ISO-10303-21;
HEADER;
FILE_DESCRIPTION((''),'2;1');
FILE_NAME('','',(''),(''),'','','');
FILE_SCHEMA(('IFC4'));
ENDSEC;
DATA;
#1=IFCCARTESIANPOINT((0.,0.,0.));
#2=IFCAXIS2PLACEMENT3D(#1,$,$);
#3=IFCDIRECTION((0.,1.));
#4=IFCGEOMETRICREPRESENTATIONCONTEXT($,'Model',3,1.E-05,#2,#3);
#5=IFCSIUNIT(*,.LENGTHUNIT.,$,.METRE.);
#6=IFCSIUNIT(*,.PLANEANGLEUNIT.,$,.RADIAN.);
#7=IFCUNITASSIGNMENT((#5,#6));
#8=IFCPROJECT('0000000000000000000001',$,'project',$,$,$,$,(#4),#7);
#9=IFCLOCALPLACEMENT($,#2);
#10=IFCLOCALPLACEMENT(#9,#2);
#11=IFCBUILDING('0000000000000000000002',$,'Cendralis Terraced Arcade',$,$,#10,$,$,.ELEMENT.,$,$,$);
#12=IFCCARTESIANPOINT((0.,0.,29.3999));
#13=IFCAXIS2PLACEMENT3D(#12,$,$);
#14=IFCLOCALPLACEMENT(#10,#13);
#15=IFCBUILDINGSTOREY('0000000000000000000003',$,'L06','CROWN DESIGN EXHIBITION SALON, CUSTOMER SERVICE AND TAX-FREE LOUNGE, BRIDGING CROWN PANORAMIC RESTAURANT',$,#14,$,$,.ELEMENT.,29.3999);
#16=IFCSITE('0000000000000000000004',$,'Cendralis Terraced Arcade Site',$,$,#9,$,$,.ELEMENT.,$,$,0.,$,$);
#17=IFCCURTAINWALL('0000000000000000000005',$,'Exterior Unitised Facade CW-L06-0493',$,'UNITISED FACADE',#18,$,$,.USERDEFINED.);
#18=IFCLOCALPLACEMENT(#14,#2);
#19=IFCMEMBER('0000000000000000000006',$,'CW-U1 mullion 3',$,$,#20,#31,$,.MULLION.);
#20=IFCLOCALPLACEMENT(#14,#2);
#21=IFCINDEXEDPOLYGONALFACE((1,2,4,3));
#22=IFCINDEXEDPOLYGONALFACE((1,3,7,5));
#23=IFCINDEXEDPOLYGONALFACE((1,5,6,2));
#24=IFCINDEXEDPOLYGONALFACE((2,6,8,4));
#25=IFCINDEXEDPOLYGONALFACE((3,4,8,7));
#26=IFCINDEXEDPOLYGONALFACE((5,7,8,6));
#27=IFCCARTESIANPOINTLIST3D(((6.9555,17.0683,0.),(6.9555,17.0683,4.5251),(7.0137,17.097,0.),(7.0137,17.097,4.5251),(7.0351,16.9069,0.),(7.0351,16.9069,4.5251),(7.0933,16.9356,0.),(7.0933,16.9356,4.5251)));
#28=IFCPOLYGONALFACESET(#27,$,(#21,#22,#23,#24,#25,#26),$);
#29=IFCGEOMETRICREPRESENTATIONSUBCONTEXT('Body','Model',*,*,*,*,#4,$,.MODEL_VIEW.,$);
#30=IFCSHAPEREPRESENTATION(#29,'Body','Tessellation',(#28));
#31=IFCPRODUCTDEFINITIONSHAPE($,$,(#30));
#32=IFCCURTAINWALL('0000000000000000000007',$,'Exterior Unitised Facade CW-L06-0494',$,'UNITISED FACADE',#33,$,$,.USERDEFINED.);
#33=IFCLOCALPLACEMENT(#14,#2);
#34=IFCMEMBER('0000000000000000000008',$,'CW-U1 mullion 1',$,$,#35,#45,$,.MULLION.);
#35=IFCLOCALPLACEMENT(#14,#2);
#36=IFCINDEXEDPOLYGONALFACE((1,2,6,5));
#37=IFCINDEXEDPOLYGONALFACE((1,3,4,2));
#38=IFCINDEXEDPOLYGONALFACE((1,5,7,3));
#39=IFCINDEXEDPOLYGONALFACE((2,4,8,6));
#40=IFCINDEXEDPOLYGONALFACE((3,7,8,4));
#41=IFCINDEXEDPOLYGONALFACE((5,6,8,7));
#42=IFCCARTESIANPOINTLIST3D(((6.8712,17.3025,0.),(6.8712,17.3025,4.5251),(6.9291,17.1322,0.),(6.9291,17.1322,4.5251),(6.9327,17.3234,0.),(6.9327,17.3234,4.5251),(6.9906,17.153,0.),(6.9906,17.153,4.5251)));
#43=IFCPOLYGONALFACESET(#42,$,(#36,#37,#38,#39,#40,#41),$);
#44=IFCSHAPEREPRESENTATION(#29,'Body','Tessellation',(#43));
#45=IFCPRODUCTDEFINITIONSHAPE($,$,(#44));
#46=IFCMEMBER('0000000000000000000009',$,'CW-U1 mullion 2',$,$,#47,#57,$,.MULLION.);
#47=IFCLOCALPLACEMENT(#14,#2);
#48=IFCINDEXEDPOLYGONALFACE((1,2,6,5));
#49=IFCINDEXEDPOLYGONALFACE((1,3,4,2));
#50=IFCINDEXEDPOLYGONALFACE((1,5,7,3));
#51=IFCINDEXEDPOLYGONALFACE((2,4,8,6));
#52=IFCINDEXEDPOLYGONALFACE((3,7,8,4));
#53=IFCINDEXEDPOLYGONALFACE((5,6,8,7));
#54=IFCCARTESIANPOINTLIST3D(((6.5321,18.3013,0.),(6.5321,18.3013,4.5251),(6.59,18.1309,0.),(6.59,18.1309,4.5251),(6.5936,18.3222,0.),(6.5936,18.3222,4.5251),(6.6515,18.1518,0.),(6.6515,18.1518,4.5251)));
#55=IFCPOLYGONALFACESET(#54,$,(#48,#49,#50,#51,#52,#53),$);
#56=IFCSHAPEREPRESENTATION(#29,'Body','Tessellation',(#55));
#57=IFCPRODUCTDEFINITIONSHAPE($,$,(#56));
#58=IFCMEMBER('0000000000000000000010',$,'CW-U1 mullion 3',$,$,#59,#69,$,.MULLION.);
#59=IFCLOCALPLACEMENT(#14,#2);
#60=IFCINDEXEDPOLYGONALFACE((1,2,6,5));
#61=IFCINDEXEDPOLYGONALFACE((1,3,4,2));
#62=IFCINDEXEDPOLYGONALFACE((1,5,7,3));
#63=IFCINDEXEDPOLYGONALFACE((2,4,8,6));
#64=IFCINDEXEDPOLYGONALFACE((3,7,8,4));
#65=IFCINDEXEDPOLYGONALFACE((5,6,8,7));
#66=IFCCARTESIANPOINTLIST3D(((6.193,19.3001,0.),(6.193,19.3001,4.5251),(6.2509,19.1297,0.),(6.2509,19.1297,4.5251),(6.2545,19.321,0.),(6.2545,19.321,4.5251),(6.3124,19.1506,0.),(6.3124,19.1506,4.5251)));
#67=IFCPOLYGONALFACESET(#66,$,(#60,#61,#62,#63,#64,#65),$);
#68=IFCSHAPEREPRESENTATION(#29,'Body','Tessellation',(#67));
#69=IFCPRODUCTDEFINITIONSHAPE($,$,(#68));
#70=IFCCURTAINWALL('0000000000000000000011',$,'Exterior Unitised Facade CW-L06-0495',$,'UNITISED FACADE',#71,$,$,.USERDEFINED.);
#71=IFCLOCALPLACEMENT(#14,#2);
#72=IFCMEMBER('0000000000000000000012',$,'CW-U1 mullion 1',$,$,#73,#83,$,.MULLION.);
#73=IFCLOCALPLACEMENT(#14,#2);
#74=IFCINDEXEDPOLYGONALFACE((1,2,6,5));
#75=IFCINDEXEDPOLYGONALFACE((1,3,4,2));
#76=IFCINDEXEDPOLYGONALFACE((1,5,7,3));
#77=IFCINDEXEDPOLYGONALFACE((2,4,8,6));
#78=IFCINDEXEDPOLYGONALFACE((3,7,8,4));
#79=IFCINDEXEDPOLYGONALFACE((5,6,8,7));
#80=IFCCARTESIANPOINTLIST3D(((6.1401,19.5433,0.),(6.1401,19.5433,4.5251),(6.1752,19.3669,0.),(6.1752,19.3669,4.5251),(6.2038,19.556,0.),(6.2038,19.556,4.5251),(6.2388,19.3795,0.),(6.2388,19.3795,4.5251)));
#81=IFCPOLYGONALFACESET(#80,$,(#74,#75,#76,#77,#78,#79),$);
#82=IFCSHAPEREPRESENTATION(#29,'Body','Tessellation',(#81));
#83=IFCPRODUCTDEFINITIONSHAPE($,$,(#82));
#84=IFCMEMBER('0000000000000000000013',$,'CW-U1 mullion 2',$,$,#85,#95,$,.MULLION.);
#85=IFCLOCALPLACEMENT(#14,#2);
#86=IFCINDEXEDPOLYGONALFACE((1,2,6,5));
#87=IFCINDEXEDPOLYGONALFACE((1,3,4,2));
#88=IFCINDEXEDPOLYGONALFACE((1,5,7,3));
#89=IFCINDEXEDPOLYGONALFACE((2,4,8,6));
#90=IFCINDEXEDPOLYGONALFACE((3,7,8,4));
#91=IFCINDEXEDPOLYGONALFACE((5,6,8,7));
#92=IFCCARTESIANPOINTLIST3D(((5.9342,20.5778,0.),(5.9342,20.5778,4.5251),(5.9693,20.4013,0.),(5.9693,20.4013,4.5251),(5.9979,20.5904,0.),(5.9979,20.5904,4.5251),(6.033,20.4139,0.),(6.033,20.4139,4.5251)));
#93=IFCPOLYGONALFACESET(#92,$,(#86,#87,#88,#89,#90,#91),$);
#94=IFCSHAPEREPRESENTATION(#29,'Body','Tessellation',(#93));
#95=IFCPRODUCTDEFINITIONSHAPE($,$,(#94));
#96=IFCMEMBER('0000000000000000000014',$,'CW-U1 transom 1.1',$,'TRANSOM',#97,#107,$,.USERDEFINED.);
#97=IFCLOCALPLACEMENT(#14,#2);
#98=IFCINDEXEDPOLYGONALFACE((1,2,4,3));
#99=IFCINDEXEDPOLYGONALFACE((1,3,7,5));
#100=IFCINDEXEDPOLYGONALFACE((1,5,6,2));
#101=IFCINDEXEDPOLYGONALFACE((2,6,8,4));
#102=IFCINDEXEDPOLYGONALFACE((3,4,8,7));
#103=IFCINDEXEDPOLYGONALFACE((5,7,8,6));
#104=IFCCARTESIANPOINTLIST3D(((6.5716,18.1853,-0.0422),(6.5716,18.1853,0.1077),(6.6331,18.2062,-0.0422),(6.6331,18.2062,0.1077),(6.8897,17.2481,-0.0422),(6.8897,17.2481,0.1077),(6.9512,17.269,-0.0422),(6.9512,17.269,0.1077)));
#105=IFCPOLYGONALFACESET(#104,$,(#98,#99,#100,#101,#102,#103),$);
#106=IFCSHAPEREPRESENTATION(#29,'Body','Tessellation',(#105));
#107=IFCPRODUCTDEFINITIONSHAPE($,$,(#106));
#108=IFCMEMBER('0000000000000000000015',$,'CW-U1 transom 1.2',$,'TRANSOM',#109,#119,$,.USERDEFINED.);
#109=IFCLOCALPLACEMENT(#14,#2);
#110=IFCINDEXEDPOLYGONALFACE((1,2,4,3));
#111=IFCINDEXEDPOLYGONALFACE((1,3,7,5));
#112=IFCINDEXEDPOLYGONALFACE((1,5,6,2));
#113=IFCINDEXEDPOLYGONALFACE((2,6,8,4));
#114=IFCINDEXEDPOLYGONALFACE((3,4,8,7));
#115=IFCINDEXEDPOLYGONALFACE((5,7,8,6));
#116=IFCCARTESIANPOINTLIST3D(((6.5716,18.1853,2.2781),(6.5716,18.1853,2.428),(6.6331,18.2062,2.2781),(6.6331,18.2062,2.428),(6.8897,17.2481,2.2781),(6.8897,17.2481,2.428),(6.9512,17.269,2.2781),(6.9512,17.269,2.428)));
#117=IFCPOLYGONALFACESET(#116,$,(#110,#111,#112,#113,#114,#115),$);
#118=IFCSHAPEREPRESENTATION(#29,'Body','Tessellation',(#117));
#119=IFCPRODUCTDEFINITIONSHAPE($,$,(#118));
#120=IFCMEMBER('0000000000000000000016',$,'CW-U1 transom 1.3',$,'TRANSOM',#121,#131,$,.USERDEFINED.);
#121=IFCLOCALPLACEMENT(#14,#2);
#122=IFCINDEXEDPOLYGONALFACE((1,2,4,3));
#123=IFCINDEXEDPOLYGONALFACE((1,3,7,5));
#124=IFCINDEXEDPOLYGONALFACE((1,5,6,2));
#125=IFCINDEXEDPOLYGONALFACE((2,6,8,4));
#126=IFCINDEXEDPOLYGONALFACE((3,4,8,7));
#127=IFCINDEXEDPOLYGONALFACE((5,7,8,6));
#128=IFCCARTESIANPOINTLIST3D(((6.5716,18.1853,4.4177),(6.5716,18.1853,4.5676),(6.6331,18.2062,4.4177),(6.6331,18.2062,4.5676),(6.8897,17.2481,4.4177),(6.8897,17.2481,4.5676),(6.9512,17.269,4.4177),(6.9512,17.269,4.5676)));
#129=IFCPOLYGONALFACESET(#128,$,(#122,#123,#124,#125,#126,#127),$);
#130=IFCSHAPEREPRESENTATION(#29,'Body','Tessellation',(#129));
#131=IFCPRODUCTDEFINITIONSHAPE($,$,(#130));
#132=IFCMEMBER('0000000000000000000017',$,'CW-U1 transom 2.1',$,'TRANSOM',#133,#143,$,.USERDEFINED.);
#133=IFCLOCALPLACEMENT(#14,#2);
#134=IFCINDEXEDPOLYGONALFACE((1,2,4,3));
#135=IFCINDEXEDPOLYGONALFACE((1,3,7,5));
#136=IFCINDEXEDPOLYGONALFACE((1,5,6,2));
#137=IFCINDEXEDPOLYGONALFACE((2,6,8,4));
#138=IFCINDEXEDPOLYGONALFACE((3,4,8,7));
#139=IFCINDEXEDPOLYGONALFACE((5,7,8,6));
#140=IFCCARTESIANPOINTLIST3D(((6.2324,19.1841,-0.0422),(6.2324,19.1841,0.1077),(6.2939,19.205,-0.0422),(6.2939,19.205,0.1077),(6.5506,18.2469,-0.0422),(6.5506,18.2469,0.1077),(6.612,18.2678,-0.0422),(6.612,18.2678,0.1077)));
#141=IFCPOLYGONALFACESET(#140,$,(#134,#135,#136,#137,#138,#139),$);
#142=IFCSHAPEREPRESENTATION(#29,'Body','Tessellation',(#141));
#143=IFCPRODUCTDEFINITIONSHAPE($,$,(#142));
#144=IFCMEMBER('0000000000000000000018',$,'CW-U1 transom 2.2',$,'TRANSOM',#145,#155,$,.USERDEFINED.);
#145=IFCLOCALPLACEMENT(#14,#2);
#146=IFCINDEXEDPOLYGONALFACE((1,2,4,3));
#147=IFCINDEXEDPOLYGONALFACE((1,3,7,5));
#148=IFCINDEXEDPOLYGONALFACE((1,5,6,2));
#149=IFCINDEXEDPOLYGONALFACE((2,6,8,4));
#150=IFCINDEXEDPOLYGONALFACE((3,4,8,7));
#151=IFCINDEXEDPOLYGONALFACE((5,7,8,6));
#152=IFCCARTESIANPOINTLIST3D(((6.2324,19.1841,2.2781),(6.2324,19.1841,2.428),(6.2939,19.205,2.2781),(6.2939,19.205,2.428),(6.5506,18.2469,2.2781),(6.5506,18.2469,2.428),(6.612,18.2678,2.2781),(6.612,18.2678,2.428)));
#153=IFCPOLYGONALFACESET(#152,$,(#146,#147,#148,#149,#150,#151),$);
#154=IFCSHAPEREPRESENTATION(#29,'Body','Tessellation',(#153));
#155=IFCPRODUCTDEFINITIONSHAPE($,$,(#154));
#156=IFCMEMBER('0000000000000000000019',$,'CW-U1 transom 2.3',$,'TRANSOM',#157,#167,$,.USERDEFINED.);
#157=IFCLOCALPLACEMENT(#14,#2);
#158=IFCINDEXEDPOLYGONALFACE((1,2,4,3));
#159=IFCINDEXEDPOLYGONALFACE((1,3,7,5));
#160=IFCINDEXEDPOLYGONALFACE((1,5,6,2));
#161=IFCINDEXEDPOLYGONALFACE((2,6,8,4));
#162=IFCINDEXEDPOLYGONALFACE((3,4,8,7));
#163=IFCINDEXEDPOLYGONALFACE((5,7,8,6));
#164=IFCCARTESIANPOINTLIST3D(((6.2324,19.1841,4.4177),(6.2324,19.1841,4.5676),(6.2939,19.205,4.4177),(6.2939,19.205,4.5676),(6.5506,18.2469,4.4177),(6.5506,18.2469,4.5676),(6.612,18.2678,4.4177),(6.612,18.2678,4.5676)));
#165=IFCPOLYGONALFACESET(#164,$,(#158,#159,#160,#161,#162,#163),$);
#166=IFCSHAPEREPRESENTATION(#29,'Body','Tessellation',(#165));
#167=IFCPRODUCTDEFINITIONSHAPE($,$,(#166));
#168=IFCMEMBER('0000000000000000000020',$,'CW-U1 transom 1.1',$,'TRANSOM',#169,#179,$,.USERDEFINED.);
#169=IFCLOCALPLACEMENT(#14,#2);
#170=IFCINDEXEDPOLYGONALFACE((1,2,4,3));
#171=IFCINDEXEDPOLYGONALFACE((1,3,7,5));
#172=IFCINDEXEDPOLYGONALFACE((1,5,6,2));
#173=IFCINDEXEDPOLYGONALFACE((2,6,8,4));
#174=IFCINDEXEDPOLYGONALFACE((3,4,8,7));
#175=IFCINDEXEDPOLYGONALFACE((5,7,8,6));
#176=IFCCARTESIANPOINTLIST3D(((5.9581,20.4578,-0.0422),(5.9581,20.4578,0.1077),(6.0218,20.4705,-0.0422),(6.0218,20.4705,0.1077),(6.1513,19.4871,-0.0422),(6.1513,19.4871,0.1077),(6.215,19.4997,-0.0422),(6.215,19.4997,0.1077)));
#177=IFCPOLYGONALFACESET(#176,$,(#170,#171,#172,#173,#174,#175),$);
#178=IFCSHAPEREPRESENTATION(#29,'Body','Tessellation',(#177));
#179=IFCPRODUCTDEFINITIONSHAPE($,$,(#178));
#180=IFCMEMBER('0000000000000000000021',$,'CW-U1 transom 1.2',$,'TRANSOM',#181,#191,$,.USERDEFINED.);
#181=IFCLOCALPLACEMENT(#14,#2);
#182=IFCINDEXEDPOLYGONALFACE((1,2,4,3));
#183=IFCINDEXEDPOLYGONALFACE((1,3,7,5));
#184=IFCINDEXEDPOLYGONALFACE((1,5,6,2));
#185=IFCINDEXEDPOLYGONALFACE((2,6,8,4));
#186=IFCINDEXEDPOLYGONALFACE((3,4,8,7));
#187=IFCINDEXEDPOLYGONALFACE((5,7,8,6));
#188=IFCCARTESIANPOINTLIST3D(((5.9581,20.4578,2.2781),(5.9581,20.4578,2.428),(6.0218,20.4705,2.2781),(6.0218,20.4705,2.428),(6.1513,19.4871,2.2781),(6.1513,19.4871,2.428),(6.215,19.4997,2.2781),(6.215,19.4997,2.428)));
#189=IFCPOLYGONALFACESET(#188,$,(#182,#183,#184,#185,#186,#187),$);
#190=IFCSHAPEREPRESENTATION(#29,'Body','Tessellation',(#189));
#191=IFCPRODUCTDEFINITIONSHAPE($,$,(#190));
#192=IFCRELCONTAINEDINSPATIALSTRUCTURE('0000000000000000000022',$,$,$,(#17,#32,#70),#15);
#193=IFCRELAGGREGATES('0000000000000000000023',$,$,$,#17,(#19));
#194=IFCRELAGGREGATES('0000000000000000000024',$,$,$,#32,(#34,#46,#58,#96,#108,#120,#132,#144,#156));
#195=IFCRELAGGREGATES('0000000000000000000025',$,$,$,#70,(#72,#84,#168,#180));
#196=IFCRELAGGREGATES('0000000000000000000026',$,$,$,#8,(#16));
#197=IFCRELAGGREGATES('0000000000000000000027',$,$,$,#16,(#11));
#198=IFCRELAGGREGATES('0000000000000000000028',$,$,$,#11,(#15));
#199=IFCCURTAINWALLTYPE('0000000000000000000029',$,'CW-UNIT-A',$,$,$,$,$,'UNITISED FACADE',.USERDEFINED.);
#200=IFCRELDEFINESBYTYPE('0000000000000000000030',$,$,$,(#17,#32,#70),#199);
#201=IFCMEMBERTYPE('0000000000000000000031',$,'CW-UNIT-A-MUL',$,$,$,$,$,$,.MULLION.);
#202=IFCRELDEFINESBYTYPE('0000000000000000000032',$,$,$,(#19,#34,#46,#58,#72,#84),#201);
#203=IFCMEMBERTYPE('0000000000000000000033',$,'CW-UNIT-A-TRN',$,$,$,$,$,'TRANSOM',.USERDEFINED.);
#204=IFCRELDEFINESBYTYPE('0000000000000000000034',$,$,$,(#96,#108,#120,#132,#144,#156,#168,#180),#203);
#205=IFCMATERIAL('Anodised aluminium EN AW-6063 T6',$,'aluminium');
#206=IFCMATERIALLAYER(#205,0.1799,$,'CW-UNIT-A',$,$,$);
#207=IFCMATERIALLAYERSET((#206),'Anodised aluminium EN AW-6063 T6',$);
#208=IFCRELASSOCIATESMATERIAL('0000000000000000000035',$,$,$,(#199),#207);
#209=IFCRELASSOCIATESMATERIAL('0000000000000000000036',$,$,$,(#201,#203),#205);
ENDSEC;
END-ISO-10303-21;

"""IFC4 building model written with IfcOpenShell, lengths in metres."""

from ifc_helpers import new_model, si_unit, direction, frame, origin, origin_2d, place, context, subcontext, project, spatial, rectangle, extrude, material, layer, layer_set, material_profile, profile_set, type_object, element, aggregate, save


model = new_model("IFC4")

# Units and contexts
model_context = context("Model", 3, precision=1e-05, world=origin(), true_north=direction((0.0, 1.0)))
body_context = subcontext(model_context, "Body", "Model", "MODEL_VIEW")
ifc_project = project(units=[si_unit("LENGTHUNIT", "METRE"), si_unit("PLANEANGLEUNIT", "RADIAN")], contexts=[model_context])

# Site, building, storey
site_placement = place(None, origin())
site = spatial("IfcSite", under=ifc_project, at=site_placement, Name="Cendralis Terraced Arcade Site", CompositionType="ELEMENT", RefElevation=0.0)
building_placement = place(site_placement, origin())
building = spatial("IfcBuilding", under=site, at=building_placement, Name="Cendralis Terraced Arcade", CompositionType="ELEMENT")
storey_placement = place(building_placement, frame((0.0, 0.0, 29.3999)))
storey = spatial("IfcBuildingStorey", under=building, at=storey_placement, Name="L06", Description="CROWN DESIGN EXHIBITION SALON, CUSTOMER SERVICE AND TAX-FREE LOUNGE, BRIDGING CROWN PANORAMIC RESTAURANT", CompositionType="ELEMENT", Elevation=29.3999)

# Curtain wall, member
ifc_material_1 = material(Name="Anodised aluminium EN AW-6063 T6", Category="aluminium")
ifc_layer_1 = layer(ifc_material_1, 0.1799, Name="CW-UNIT-A")
ifc_layer_set_1 = layer_set([ifc_layer_1], Name="Anodised aluminium EN AW-6063 T6")
curtain_wall_type = type_object("IfcCurtainWallType", Name="CW-UNIT-A", ElementType="UNITISED FACADE", PredefinedType="USERDEFINED", material=ifc_layer_set_1)
curtain_wall_1_placement = place(storey_placement, origin())
curtain_wall_1 = element("IfcCurtainWall", 1, at=curtain_wall_1_placement, inside=storey, type_object=curtain_wall_type, Name="Exterior Unitised Facade CW-L06-0493", ObjectType="UNITISED FACADE", PredefinedType="USERDEFINED")
ifc_material_profile_1 = material_profile(ifc_material_1, rectangle(XDim=0.0649, YDim=0.1799, at=origin_2d()), Name="ALU-MUL-65x180")
ifc_profile_set_1 = profile_set([ifc_material_profile_1], Name="Anodised aluminium EN AW-6063 T6")
member_type_1 = type_object("IfcMemberType", Name="CW-UNIT-A-MUL", PredefinedType="MULLION", material=ifc_profile_set_1)
member_1_placement = place(storey_placement, frame((7.0244, 17.002, 0.0), z_axis=(0.0, 0.0, 1.0), x_axis=(-0.896888, -0.442259, 0.0)))
member_1 = element("IfcMember", 2, at=member_1_placement, type_object=member_type_1, Name="CW-U1 mullion 3", PredefinedType="MULLION", context=body_context, shape_type="SweptSolid", body=[
    extrude(rectangle(XDim=0.0649, YDim=0.1799, at=origin_2d()), origin(), (0.0, 0.0, 1.0), 4.5251),
])
aggregate(curtain_wall_1, [member_1])

# Curtain walls, members
curtain_wall_2_placement = place(storey_placement, origin())
curtain_wall_2 = element("IfcCurtainWall", 3, at=curtain_wall_2_placement, inside=storey, type_object=curtain_wall_type, Name="Exterior Unitised Facade CW-L06-0494", ObjectType="UNITISED FACADE", PredefinedType="USERDEFINED")
member_2_placement = place(storey_placement, frame((6.9309, 17.2278, 0.0), z_axis=(0.0, 0.0, 1.0), x_axis=(-0.946917, -0.321479, 0.0)))
member_2 = element("IfcMember", 4, at=member_2_placement, type_object=member_type_1, Name="CW-U1 mullion 1", PredefinedType="MULLION", context=body_context, shape_type="SweptSolid", body=[
    extrude(rectangle(XDim=0.0649, YDim=0.1799, at=origin_2d()), origin(), (0.0, 0.0, 1.0), 4.5251),
])
member_3_placement = place(storey_placement, frame((6.5918, 18.2266, 0.0), z_axis=(0.0, 0.0, 1.0), x_axis=(-0.946917, -0.321479, 0.0)))
member_3 = element("IfcMember", 5, at=member_3_placement, type_object=member_type_1, Name="CW-U1 mullion 2", PredefinedType="MULLION", context=body_context, shape_type="SweptSolid", body=[
    extrude(rectangle(XDim=0.0649, YDim=0.1799, at=origin_2d()), origin(), (0.0, 0.0, 1.0), 4.5251),
])
member_4_placement = place(storey_placement, frame((6.2527, 19.2253, 0.0), z_axis=(0.0, 0.0, 1.0), x_axis=(-0.946917, -0.321479, 0.0)))
member_4 = element("IfcMember", 6, at=member_4_placement, type_object=member_type_1, Name="CW-U1 mullion 3", PredefinedType="MULLION", context=body_context, shape_type="SweptSolid", body=[
    extrude(rectangle(XDim=0.0649, YDim=0.1799, at=origin_2d()), origin(), (0.0, 0.0, 1.0), 4.5251),
])
curtain_wall_3_placement = place(storey_placement, origin())
curtain_wall_3 = element("IfcCurtainWall", 7, at=curtain_wall_3_placement, inside=storey, type_object=curtain_wall_type, Name="Exterior Unitised Facade CW-L06-0495", ObjectType="UNITISED FACADE", PredefinedType="USERDEFINED")
member_5_placement = place(storey_placement, frame((6.1895, 19.4614, 0.0), z_axis=(0.0, 0.0, 1.0), x_axis=(-0.980794, -0.195046, 0.0)))
member_5 = element("IfcMember", 8, at=member_5_placement, type_object=member_type_1, Name="CW-U1 mullion 1", PredefinedType="MULLION", context=body_context, shape_type="SweptSolid", body=[
    extrude(rectangle(XDim=0.0649, YDim=0.1799, at=origin_2d()), origin(), (0.0, 0.0, 1.0), 4.5251),
])
member_6_placement = place(storey_placement, frame((5.9836, 20.4958, 0.0), z_axis=(0.0, 0.0, 1.0), x_axis=(-0.980794, -0.195046, 0.0)))
member_6 = element("IfcMember", 9, at=member_6_placement, type_object=member_type_1, Name="CW-U1 mullion 2", PredefinedType="MULLION", context=body_context, shape_type="SweptSolid", body=[
    extrude(rectangle(XDim=0.0649, YDim=0.1799, at=origin_2d()), origin(), (0.0, 0.0, 1.0), 4.5251),
])

# Members
ifc_material_profile_2 = material_profile(ifc_material_1, rectangle(XDim=0.0649, YDim=0.1499, at=origin_2d()), Name="ALU-TRN-65x150")
ifc_profile_set_2 = profile_set([ifc_material_profile_2], Name="Anodised aluminium EN AW-6063 T6")
member_type_2 = type_object("IfcMemberType", Name="CW-UNIT-A-TRN", ElementType="TRANSOM", PredefinedType="USERDEFINED", material=ifc_profile_set_2)
member_7_placement = place(storey_placement, frame((6.9204, 17.2585, 0.0327), z_axis=(-0.321403, 0.946943, 0.0), x_axis=(-0.946943, -0.321403, 0.0)))
member_7 = element("IfcMember", 10, at=member_7_placement, type_object=member_type_2, Name="CW-U1 transom 1.1", ObjectType="TRANSOM", PredefinedType="USERDEFINED", context=body_context, shape_type="SweptSolid", body=[
    extrude(rectangle(XDim=0.0649, YDim=0.1499, at=origin_2d()), origin(), (0.0, 0.0, 1.0), 0.9897),
])
member_8_placement = place(storey_placement, frame((6.9204, 17.2585, 2.353), z_axis=(-0.321403, 0.946943, 0.0), x_axis=(-0.946943, -0.321403, 0.0)))
member_8 = element("IfcMember", 11, at=member_8_placement, type_object=member_type_2, Name="CW-U1 transom 1.2", ObjectType="TRANSOM", PredefinedType="USERDEFINED", context=body_context, shape_type="SweptSolid", body=[
    extrude(rectangle(XDim=0.0649, YDim=0.1499, at=origin_2d()), origin(), (0.0, 0.0, 1.0), 0.9897),
])
member_9_placement = place(storey_placement, frame((6.9204, 17.2585, 4.4927), z_axis=(-0.321403, 0.946943, 0.0), x_axis=(-0.946943, -0.321403, 0.0)))
member_9 = element("IfcMember", 12, at=member_9_placement, type_object=member_type_2, Name="CW-U1 transom 1.3", ObjectType="TRANSOM", PredefinedType="USERDEFINED", context=body_context, shape_type="SweptSolid", body=[
    extrude(rectangle(XDim=0.0649, YDim=0.1499, at=origin_2d()), origin(), (0.0, 0.0, 1.0), 0.9897),
])
member_10_placement = place(storey_placement, frame((6.5813, 18.2573, 0.0327), z_axis=(-0.321403, 0.946943, 0.0), x_axis=(-0.946943, -0.321403, 0.0)))
member_10 = element("IfcMember", 13, at=member_10_placement, type_object=member_type_2, Name="CW-U1 transom 2.1", ObjectType="TRANSOM", PredefinedType="USERDEFINED", context=body_context, shape_type="SweptSolid", body=[
    extrude(rectangle(XDim=0.0649, YDim=0.1499, at=origin_2d()), origin(), (0.0, 0.0, 1.0), 0.9897),
])
member_11_placement = place(storey_placement, frame((6.5813, 18.2573, 2.353), z_axis=(-0.321403, 0.946943, 0.0), x_axis=(-0.946943, -0.321403, 0.0)))
member_11 = element("IfcMember", 14, at=member_11_placement, type_object=member_type_2, Name="CW-U1 transom 2.2", ObjectType="TRANSOM", PredefinedType="USERDEFINED", context=body_context, shape_type="SweptSolid", body=[
    extrude(rectangle(XDim=0.0649, YDim=0.1499, at=origin_2d()), origin(), (0.0, 0.0, 1.0), 0.9897),
])
member_12_placement = place(storey_placement, frame((6.5813, 18.2573, 4.4927), z_axis=(-0.321403, 0.946943, 0.0), x_axis=(-0.946943, -0.321403, 0.0)))
member_12 = element("IfcMember", 15, at=member_12_placement, type_object=member_type_2, Name="CW-U1 transom 2.3", ObjectType="TRANSOM", PredefinedType="USERDEFINED", context=body_context, shape_type="SweptSolid", body=[
    extrude(rectangle(XDim=0.0649, YDim=0.1499, at=origin_2d()), origin(), (0.0, 0.0, 1.0), 0.9897),
])
member_13_placement = place(storey_placement, frame((6.1831, 19.4934, 0.0327), z_axis=(-0.19512, 0.980779, 0.0), x_axis=(-0.980779, -0.19512, 0.0)))
member_13 = element("IfcMember", 16, at=member_13_placement, type_object=member_type_2, Name="CW-U1 transom 1.1", ObjectType="TRANSOM", PredefinedType="USERDEFINED", context=body_context, shape_type="SweptSolid", body=[
    extrude(rectangle(XDim=0.0649, YDim=0.1499, at=origin_2d()), origin(), (0.0, 0.0, 1.0), 0.9897),
])
member_14_placement = place(storey_placement, frame((6.1831, 19.4934, 2.353), z_axis=(-0.19512, 0.980779, 0.0), x_axis=(-0.980779, -0.19512, 0.0)))
member_14 = element("IfcMember", 17, at=member_14_placement, type_object=member_type_2, Name="CW-U1 transom 1.2", ObjectType="TRANSOM", PredefinedType="USERDEFINED", context=body_context, shape_type="SweptSolid", body=[
    extrude(rectangle(XDim=0.0649, YDim=0.1499, at=origin_2d()), origin(), (0.0, 0.0, 1.0), 0.9897),
])

aggregate(curtain_wall_2, [member_2, member_3, member_4, member_7, member_8, member_9, member_10, member_11, member_12])
aggregate(curtain_wall_3, [member_5, member_6, member_13, member_14])

save(model, "model.ifc")
